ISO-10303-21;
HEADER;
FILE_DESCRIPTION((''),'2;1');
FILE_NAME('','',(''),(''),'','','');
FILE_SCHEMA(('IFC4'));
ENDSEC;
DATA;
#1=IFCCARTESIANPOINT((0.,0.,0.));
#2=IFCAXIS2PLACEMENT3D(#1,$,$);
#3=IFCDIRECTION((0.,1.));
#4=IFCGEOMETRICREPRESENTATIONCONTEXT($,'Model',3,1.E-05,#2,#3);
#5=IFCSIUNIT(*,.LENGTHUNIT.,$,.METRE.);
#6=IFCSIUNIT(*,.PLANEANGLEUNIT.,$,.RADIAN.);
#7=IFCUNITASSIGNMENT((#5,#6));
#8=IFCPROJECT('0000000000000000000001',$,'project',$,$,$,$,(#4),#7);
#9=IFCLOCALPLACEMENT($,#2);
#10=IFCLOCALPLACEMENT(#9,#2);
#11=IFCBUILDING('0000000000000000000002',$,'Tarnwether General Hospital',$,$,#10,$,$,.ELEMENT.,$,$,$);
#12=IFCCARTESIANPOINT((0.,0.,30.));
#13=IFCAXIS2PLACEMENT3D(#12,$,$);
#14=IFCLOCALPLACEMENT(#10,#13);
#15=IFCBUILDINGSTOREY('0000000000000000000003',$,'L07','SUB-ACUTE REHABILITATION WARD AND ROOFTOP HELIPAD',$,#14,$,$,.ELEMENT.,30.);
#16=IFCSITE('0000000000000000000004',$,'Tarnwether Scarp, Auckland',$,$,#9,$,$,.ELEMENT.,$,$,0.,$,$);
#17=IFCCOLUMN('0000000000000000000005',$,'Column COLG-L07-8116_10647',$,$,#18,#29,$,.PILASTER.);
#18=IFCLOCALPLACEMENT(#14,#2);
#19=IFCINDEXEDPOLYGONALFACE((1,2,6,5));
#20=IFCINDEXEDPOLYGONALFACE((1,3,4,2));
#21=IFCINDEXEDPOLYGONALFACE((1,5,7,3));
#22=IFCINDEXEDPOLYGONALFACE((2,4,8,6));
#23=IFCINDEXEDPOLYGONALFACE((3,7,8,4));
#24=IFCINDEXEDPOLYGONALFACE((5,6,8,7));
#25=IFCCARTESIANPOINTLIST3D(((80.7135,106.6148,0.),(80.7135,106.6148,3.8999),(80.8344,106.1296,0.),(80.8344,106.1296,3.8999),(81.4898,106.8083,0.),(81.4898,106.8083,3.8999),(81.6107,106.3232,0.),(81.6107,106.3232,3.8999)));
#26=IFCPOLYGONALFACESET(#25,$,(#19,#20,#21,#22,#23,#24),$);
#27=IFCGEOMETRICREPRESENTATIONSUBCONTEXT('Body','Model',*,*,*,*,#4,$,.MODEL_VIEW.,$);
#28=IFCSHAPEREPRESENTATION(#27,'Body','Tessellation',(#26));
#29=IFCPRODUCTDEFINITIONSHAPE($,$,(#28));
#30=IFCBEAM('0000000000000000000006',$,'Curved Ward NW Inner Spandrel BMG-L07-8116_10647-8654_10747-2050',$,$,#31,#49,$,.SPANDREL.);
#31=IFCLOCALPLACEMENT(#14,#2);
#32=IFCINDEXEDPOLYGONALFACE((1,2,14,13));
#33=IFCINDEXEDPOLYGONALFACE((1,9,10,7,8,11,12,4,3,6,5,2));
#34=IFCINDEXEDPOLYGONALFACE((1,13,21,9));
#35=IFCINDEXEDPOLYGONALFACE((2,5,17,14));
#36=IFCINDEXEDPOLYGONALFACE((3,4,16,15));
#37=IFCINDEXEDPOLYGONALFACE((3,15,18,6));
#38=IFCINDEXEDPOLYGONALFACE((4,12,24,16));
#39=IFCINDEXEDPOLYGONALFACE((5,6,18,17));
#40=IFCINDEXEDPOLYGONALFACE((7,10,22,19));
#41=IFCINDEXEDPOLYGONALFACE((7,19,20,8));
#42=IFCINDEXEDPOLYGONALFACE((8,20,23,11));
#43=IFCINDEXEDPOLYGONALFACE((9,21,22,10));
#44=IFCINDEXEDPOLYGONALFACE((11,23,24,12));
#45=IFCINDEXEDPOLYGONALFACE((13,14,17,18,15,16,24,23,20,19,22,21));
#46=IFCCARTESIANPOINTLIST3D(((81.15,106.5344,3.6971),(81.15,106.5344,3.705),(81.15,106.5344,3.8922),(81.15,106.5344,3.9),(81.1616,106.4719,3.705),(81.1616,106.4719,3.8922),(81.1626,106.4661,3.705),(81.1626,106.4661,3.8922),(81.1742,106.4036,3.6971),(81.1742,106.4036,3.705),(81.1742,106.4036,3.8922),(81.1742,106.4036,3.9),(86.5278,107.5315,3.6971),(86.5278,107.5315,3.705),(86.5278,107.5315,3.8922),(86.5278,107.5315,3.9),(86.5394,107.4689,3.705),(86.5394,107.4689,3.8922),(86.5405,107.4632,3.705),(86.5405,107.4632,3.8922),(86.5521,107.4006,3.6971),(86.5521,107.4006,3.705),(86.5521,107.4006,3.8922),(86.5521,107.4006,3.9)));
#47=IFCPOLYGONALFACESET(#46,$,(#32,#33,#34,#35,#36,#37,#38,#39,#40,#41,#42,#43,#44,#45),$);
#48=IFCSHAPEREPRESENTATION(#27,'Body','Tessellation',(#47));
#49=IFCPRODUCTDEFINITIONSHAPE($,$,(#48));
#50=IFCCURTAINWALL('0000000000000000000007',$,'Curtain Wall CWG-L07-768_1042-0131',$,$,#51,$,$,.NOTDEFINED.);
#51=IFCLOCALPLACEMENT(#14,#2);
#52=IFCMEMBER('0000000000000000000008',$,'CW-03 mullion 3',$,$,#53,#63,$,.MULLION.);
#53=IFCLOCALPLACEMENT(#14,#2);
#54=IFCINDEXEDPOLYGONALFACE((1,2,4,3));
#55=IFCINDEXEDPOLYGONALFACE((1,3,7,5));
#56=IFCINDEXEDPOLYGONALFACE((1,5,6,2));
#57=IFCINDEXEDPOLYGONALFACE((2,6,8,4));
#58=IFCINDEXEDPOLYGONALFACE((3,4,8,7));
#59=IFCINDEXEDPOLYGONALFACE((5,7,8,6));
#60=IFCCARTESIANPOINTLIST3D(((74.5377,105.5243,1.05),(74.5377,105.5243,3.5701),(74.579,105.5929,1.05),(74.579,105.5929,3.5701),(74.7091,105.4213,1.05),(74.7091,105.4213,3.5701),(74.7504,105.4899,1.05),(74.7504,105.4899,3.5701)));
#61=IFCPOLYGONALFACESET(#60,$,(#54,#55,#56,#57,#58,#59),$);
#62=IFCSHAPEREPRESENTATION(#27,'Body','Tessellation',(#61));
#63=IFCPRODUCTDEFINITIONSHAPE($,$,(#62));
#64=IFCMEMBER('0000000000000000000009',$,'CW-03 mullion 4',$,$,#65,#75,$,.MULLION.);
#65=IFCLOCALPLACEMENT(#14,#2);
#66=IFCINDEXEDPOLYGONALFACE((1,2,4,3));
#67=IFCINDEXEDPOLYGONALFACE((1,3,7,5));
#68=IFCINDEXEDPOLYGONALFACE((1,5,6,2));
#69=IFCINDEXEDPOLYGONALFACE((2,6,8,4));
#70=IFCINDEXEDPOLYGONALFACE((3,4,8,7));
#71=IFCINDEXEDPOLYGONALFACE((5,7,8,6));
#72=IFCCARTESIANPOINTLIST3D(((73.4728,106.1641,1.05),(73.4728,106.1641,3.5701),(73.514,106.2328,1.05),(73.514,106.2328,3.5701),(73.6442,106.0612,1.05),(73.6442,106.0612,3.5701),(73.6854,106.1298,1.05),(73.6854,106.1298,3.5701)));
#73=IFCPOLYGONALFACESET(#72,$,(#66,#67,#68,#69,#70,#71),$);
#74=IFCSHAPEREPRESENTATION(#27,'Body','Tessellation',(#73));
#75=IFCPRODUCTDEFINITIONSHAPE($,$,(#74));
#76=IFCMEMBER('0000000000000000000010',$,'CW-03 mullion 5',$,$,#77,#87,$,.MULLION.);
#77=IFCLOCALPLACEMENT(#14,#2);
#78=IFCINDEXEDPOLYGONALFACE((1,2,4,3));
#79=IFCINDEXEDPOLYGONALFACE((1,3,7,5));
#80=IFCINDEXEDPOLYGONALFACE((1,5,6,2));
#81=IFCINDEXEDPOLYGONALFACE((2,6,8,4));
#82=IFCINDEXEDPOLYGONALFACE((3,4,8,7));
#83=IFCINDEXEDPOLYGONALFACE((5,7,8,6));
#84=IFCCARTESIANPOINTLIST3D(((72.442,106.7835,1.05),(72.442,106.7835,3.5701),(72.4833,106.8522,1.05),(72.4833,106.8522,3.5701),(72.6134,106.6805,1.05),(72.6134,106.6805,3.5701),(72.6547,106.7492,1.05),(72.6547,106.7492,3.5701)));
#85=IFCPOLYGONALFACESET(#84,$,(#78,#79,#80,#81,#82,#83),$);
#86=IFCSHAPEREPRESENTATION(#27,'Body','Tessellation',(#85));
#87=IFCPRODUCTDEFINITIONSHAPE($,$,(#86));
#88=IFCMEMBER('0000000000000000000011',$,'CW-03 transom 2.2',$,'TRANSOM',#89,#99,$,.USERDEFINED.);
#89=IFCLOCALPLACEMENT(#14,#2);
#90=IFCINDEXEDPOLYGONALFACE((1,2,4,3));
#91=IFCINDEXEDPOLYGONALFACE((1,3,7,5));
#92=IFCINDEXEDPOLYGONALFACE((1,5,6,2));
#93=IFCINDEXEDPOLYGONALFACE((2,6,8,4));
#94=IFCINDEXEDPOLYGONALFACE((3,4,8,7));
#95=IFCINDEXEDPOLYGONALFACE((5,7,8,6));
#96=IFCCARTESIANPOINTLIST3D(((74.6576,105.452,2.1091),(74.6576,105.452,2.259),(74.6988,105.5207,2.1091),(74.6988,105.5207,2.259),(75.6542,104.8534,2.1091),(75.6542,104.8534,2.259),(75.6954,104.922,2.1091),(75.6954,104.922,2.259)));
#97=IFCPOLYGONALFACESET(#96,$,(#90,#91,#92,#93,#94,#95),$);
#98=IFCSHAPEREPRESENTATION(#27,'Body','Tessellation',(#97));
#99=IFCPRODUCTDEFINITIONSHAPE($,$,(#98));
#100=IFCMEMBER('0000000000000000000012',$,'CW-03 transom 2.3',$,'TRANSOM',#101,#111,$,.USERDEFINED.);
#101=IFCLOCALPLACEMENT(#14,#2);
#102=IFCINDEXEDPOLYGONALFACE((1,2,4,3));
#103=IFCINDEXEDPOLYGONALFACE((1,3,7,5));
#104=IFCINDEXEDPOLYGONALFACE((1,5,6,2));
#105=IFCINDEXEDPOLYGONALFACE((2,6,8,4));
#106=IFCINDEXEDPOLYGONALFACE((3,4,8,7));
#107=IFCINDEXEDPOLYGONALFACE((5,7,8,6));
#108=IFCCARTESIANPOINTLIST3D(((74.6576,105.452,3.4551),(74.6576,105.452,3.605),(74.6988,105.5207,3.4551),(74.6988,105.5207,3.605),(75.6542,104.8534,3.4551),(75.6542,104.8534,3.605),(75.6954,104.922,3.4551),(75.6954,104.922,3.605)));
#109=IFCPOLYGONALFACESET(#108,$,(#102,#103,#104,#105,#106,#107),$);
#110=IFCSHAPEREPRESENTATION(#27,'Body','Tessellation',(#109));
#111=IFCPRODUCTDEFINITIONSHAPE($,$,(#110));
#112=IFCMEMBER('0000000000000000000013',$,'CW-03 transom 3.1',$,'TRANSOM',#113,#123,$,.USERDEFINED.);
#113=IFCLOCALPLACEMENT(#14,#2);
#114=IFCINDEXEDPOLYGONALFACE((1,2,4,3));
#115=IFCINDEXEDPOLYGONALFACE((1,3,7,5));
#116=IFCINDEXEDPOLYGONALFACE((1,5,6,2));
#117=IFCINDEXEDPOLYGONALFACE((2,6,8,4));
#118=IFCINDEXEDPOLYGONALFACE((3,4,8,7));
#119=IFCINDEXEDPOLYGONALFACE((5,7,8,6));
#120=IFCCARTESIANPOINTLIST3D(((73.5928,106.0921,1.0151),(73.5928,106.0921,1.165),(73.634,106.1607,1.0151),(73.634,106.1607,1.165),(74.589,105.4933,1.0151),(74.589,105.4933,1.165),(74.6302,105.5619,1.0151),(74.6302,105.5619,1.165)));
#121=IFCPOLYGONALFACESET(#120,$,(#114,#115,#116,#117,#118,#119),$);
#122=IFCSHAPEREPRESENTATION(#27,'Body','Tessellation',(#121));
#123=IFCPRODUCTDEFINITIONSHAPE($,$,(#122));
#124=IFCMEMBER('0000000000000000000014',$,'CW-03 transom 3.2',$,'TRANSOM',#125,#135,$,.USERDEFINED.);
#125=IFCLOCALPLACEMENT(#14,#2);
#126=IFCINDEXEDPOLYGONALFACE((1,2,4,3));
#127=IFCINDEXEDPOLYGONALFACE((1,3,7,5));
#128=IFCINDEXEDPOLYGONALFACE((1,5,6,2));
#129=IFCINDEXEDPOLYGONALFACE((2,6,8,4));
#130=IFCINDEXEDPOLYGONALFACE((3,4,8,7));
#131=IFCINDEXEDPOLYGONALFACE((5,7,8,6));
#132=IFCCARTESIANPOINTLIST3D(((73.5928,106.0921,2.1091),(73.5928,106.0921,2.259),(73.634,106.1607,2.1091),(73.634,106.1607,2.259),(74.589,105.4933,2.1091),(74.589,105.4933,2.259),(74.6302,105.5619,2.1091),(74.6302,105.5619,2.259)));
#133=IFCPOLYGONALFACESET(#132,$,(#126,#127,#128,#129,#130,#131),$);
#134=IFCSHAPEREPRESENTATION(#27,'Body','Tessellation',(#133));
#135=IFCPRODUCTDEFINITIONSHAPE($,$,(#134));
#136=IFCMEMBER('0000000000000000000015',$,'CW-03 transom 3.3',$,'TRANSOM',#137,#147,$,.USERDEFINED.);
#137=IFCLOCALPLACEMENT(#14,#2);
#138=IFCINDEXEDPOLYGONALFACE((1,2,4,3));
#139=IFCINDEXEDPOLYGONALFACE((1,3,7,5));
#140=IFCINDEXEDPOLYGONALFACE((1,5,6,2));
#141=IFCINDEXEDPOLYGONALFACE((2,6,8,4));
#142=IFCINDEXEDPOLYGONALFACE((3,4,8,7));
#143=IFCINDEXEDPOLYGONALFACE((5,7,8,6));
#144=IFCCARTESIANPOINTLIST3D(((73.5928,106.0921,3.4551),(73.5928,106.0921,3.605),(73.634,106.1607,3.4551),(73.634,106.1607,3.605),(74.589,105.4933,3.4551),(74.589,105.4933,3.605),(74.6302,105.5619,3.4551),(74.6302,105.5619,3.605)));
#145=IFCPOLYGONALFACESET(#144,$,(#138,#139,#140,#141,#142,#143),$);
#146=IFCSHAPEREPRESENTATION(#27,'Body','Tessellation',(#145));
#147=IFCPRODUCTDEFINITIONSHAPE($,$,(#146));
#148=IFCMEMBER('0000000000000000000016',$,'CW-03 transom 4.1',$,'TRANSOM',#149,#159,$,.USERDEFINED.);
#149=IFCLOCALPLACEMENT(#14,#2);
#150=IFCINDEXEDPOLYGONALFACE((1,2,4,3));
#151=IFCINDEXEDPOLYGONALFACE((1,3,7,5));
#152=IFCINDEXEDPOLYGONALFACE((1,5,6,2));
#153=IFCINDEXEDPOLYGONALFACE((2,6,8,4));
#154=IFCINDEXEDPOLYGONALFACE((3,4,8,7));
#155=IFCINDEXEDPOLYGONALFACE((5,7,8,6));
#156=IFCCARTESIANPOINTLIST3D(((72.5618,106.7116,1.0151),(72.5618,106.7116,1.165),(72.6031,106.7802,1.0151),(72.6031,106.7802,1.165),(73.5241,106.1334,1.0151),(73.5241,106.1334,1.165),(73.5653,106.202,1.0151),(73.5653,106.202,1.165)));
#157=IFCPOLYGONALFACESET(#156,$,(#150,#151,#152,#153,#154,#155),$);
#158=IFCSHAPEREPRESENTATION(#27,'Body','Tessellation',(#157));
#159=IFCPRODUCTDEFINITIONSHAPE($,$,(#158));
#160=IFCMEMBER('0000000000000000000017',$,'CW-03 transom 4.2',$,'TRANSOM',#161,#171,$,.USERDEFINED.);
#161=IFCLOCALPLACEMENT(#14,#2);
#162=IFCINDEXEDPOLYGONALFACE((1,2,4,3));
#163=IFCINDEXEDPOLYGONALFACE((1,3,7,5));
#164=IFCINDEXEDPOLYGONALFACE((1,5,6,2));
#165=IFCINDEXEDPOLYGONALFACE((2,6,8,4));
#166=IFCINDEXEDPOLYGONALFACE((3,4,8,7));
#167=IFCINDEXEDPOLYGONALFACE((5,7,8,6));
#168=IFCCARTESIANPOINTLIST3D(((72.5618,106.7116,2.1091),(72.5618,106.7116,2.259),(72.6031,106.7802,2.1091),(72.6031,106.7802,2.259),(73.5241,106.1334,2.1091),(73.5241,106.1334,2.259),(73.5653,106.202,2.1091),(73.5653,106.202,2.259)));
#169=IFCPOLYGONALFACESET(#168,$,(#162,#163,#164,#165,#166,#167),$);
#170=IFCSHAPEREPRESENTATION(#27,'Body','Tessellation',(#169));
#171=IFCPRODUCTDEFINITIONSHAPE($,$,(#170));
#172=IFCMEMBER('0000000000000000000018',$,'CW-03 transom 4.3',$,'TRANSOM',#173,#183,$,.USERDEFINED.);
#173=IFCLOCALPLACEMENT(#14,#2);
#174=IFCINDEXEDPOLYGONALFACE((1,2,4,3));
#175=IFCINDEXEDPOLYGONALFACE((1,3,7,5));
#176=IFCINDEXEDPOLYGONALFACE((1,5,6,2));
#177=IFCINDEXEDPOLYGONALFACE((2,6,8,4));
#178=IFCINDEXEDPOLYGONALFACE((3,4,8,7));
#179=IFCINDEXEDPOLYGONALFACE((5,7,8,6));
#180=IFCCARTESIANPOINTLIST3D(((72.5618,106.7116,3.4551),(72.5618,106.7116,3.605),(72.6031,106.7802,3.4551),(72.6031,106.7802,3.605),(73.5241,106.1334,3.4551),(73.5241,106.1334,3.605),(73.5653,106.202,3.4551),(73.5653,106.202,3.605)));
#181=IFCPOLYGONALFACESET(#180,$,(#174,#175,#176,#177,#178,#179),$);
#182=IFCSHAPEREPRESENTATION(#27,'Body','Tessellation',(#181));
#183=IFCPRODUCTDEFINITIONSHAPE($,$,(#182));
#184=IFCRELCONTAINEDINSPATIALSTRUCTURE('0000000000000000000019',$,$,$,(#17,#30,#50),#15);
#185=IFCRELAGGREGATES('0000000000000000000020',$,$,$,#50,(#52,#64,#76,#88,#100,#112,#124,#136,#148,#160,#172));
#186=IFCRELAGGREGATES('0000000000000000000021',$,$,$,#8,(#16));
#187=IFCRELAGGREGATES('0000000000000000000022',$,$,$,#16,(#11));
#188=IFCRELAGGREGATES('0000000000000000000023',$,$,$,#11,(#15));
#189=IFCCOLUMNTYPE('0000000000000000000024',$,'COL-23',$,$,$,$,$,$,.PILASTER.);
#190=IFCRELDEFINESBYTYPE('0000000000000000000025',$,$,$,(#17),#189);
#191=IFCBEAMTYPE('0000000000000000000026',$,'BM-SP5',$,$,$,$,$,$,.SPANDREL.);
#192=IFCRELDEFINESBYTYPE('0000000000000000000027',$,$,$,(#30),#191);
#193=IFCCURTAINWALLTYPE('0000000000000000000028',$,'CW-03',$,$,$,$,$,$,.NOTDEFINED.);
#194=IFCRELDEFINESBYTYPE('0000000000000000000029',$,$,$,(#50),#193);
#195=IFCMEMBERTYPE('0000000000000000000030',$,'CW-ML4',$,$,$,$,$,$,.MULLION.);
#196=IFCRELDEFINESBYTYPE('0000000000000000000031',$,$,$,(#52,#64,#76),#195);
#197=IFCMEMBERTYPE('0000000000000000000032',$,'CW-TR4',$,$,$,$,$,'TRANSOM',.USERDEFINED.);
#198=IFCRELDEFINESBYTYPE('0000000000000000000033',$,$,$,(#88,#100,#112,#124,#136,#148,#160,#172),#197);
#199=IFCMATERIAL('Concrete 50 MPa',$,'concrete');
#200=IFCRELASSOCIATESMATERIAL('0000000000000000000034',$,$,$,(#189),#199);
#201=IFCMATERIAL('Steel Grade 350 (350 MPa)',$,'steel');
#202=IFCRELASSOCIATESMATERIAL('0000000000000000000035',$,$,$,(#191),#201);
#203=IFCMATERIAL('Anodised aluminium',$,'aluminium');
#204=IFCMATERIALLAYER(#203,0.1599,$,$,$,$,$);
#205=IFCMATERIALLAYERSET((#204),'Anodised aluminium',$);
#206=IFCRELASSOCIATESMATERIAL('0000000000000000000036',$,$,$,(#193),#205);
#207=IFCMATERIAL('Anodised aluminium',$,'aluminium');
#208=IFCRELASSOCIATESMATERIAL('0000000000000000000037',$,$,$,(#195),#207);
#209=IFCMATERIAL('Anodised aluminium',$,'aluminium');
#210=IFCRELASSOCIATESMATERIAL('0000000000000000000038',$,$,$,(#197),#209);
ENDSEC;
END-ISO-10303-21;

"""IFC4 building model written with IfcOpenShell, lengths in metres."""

from ifc_helpers import new_model, si_unit, direction, frame, origin, origin_2d, place, context, subcontext, project, spatial, rectangle, i_section, extrude, material, layer, layer_set, material_profile, profile_set, type_object, element, aggregate, save


model = new_model("IFC4")

# Units and contexts
model_context = context("Model", 3, precision=1e-05, world=origin(), true_north=direction((0.0, 1.0)))
body_context = subcontext(model_context, "Body", "Model", "MODEL_VIEW")
ifc_project = project(units=[si_unit("LENGTHUNIT", "METRE"), si_unit("PLANEANGLEUNIT", "RADIAN")], contexts=[model_context])

# Site, building, storey
site_placement = place(None, origin())
site = spatial("IfcSite", under=ifc_project, at=site_placement, Name="Tarnwether Scarp, Auckland", CompositionType="ELEMENT", RefElevation=0.0)
building_placement = place(site_placement, origin())
building = spatial("IfcBuilding", under=site, at=building_placement, Name="Tarnwether General Hospital", CompositionType="ELEMENT")
storey_placement = place(building_placement, frame((0.0, 0.0, 30.0)))
storey = spatial("IfcBuildingStorey", under=building, at=storey_placement, Name="L07", Description="SUB-ACUTE REHABILITATION WARD AND ROOFTOP HELIPAD", CompositionType="ELEMENT", Elevation=30.0)

# Column
ifc_material_1 = material(Name="Concrete 50 MPa", Category="concrete")
ifc_material_profile_1 = material_profile(ifc_material_1, rectangle(XDim=0.5, YDim=0.8, at=origin_2d()), Name="RC-PIL-500x800")
ifc_profile_set_1 = profile_set([ifc_material_profile_1], Name="Concrete 50 MPa")
column_type = type_object("IfcColumnType", Name="COL-23", PredefinedType="PILASTER", material=ifc_profile_set_1)
column_placement = place(storey_placement, frame((81.1621, 106.469, 0.0), z_axis=(0.0, 0.0, 1.0), x_axis=(-0.241922, 0.970296, 0.0)))
element("IfcColumn", 1, at=column_placement, inside=storey, type_object=column_type, Name="Column COLG-L07-8116_10647", PredefinedType="PILASTER", context=body_context, shape_type="SweptSolid", body=[
    extrude(rectangle(XDim=0.5, YDim=0.8, at=origin_2d()), origin(), (0.0, 0.0, 1.0), 3.8999),
])

# Beam
ifc_material_2 = material(Name="Steel Grade 350 (350 MPa)", Category="steel")
ifc_material_profile_2 = material_profile(ifc_material_2, i_section(OverallWidth=0.1331, OverallDepth=0.2029, WebThickness=0.0059, FlangeThickness=0.0078, at=origin_2d()), Name="200UB25.4")
ifc_profile_set_2 = profile_set([ifc_material_profile_2], Name="Steel Grade 350 (350 MPa)")
beam_type = type_object("IfcBeamType", Name="BM-SP5", PredefinedType="SPANDREL", material=ifc_profile_set_2)
beam_placement = place(storey_placement, frame((81.1621, 106.469, 3.7986), z_axis=(0.983244, 0.182294, 0.0), x_axis=(-0.182294, 0.983244, 0.0)))
element("IfcBeam", 2, at=beam_placement, inside=storey, type_object=beam_type, Name="Curved Ward NW Inner Spandrel BMG-L07-8116_10647-8654_10747-2050", PredefinedType="SPANDREL", context=body_context, shape_type="SweptSolid", body=[
    extrude(i_section(OverallWidth=0.1331, OverallDepth=0.2029, WebThickness=0.0059, FlangeThickness=0.0078, at=origin_2d()), origin(), (0.0, 0.0, 1.0), 5.4695),
])

# Curtain wall, members
ifc_material_3 = material(Name="Anodised aluminium", Category="aluminium")
ifc_layer_1 = layer(ifc_material_3, 0.1599)
ifc_layer_set_1 = layer_set([ifc_layer_1], Name="Anodised aluminium")
curtain_wall_type = type_object("IfcCurtainWallType", Name="CW-03", PredefinedType="NOTDEFINED", material=ifc_layer_set_1)
curtain_wall_placement = place(storey_placement, origin())
curtain_wall = element("IfcCurtainWall", 3, at=curtain_wall_placement, inside=storey, type_object=curtain_wall_type, Name="Curtain Wall CWG-L07-768_1042-0131", PredefinedType="NOTDEFINED")
ifc_material_4 = material(Name="Anodised aluminium", Category="aluminium")
ifc_material_profile_3 = material_profile(ifc_material_4, rectangle(XDim=0.0801, YDim=0.2, at=origin_2d()), Name="ALU-MUL-80x200")
ifc_profile_set_3 = profile_set([ifc_material_profile_3], Name="Anodised aluminium")
member_type_1 = type_object("IfcMemberType", Name="CW-ML4", PredefinedType="MULLION", material=ifc_profile_set_3)
member_1_placement = place(storey_placement, frame((74.644, 105.5071, 1.05), z_axis=(0.0, 0.0, 1.0), x_axis=(-0.515087, -0.857138, 0.0)))
member_1 = element("IfcMember", 4, at=member_1_placement, type_object=member_type_1, Name="CW-03 mullion 3", PredefinedType="MULLION", context=body_context, shape_type="SweptSolid", body=[
    extrude(rectangle(XDim=0.0801, YDim=0.2, at=origin_2d()), origin(), (0.0, 0.0, 1.0), 2.52),
])
member_2_placement = place(storey_placement, frame((73.5791, 106.147, 1.05), z_axis=(0.0, 0.0, 1.0), x_axis=(-0.515087, -0.857138, 0.0)))
member_2 = element("IfcMember", 5, at=member_2_placement, type_object=member_type_1, Name="CW-03 mullion 4", PredefinedType="MULLION", context=body_context, shape_type="SweptSolid", body=[
    extrude(rectangle(XDim=0.0801, YDim=0.2, at=origin_2d()), origin(), (0.0, 0.0, 1.0), 2.52),
])
member_3_placement = place(storey_placement, frame((72.5483, 106.7664, 1.05), z_axis=(0.0, 0.0, 1.0), x_axis=(-0.515087, -0.857138, 0.0)))
member_3 = element("IfcMember", 6, at=member_3_placement, type_object=member_type_1, Name="CW-03 mullion 5", PredefinedType="MULLION", context=body_context, shape_type="SweptSolid", body=[
    extrude(rectangle(XDim=0.0801, YDim=0.2, at=origin_2d()), origin(), (0.0, 0.0, 1.0), 2.52),
])
ifc_material_5 = material(Name="Anodised aluminium", Category="aluminium")
ifc_material_profile_4 = material_profile(ifc_material_5, rectangle(XDim=0.0801, YDim=0.1499, at=origin_2d()), Name="ALU-TRN-80x150")
ifc_profile_set_4 = profile_set([ifc_material_profile_4], Name="Anodised aluminium")
member_type_2 = type_object("IfcMemberType", Name="CW-TR4", ElementType="TRANSOM", PredefinedType="USERDEFINED", material=ifc_profile_set_4)
member_4_placement = place(storey_placement, frame((75.6748, 104.8877, 2.1841), z_axis=(-0.857233, 0.514928, 0.0), x_axis=(-0.514928, -0.857233, 0.0)))
member_4 = element("IfcMember", 7, at=member_4_placement, type_object=member_type_2, Name="CW-03 transom 2.2", ObjectType="TRANSOM", PredefinedType="USERDEFINED", context=body_context, shape_type="SweptSolid", body=[
    extrude(rectangle(XDim=0.0801, YDim=0.1499, at=origin_2d()), origin(), (0.0, 0.0, 1.0), 1.1626),
])
member_5_placement = place(storey_placement, frame((75.6748, 104.8877, 3.53), z_axis=(-0.857233, 0.514928, 0.0), x_axis=(-0.514928, -0.857233, 0.0)))
member_5 = element("IfcMember", 8, at=member_5_placement, type_object=member_type_2, Name="CW-03 transom 2.3", ObjectType="TRANSOM", PredefinedType="USERDEFINED", context=body_context, shape_type="SweptSolid", body=[
    extrude(rectangle(XDim=0.0801, YDim=0.1499, at=origin_2d()), origin(), (0.0, 0.0, 1.0), 1.1626),
])
member_6_placement = place(storey_placement, frame((74.6096, 105.5276, 1.0901), z_axis=(-0.857085, 0.515175, 0.0), x_axis=(-0.515175, -0.857085, 0.0)))
member_6 = element("IfcMember", 9, at=member_6_placement, type_object=member_type_2, Name="CW-03 transom 3.1", ObjectType="TRANSOM", PredefinedType="USERDEFINED", context=body_context, shape_type="SweptSolid", body=[
    extrude(rectangle(XDim=0.0801, YDim=0.1499, at=origin_2d()), origin(), (0.0, 0.0, 1.0), 1.1624),
])
member_7_placement = place(storey_placement, frame((74.6096, 105.5276, 2.1841), z_axis=(-0.857085, 0.515175, 0.0), x_axis=(-0.515175, -0.857085, 0.0)))
member_7 = element("IfcMember", 10, at=member_7_placement, type_object=member_type_2, Name="CW-03 transom 3.2", ObjectType="TRANSOM", PredefinedType="USERDEFINED", context=body_context, shape_type="SweptSolid", body=[
    extrude(rectangle(XDim=0.0801, YDim=0.1499, at=origin_2d()), origin(), (0.0, 0.0, 1.0), 1.1624),
])
member_8_placement = place(storey_placement, frame((74.6096, 105.5276, 3.53), z_axis=(-0.857085, 0.515175, 0.0), x_axis=(-0.515175, -0.857085, 0.0)))
member_8 = element("IfcMember", 11, at=member_8_placement, type_object=member_type_2, Name="CW-03 transom 3.3", ObjectType="TRANSOM", PredefinedType="USERDEFINED", context=body_context, shape_type="SweptSolid", body=[
    extrude(rectangle(XDim=0.0801, YDim=0.1499, at=origin_2d()), origin(), (0.0, 0.0, 1.0), 1.1624),
])
member_9_placement = place(storey_placement, frame((73.5447, 106.1677, 1.0901), z_axis=(-0.857167, 0.515039, 0.0), x_axis=(-0.515039, -0.857167, 0.0)))
member_9 = element("IfcMember", 12, at=member_9_placement, type_object=member_type_2, Name="CW-03 transom 4.1", ObjectType="TRANSOM", PredefinedType="USERDEFINED", context=body_context, shape_type="SweptSolid", body=[
    extrude(rectangle(XDim=0.0801, YDim=0.1499, at=origin_2d()), origin(), (0.0, 0.0, 1.0), 1.1226),
])
member_10_placement = place(storey_placement, frame((73.5447, 106.1677, 2.1841), z_axis=(-0.857167, 0.515039, 0.0), x_axis=(-0.515039, -0.857167, 0.0)))
member_10 = element("IfcMember", 13, at=member_10_placement, type_object=member_type_2, Name="CW-03 transom 4.2", ObjectType="TRANSOM", PredefinedType="USERDEFINED", context=body_context, shape_type="SweptSolid", body=[
    extrude(rectangle(XDim=0.0801, YDim=0.1499, at=origin_2d()), origin(), (0.0, 0.0, 1.0), 1.1226),
])
member_11_placement = place(storey_placement, frame((73.5447, 106.1677, 3.53), z_axis=(-0.857167, 0.515039, 0.0), x_axis=(-0.515039, -0.857167, 0.0)))
member_11 = element("IfcMember", 14, at=member_11_placement, type_object=member_type_2, Name="CW-03 transom 4.3", ObjectType="TRANSOM", PredefinedType="USERDEFINED", context=body_context, shape_type="SweptSolid", body=[
    extrude(rectangle(XDim=0.0801, YDim=0.1499, at=origin_2d()), origin(), (0.0, 0.0, 1.0), 1.1226),
])
aggregate(curtain_wall, [member_1, member_2, member_3, member_4, member_5, member_6, member_7, member_8, member_9, member_10, member_11])

save(model, "model.ifc")
